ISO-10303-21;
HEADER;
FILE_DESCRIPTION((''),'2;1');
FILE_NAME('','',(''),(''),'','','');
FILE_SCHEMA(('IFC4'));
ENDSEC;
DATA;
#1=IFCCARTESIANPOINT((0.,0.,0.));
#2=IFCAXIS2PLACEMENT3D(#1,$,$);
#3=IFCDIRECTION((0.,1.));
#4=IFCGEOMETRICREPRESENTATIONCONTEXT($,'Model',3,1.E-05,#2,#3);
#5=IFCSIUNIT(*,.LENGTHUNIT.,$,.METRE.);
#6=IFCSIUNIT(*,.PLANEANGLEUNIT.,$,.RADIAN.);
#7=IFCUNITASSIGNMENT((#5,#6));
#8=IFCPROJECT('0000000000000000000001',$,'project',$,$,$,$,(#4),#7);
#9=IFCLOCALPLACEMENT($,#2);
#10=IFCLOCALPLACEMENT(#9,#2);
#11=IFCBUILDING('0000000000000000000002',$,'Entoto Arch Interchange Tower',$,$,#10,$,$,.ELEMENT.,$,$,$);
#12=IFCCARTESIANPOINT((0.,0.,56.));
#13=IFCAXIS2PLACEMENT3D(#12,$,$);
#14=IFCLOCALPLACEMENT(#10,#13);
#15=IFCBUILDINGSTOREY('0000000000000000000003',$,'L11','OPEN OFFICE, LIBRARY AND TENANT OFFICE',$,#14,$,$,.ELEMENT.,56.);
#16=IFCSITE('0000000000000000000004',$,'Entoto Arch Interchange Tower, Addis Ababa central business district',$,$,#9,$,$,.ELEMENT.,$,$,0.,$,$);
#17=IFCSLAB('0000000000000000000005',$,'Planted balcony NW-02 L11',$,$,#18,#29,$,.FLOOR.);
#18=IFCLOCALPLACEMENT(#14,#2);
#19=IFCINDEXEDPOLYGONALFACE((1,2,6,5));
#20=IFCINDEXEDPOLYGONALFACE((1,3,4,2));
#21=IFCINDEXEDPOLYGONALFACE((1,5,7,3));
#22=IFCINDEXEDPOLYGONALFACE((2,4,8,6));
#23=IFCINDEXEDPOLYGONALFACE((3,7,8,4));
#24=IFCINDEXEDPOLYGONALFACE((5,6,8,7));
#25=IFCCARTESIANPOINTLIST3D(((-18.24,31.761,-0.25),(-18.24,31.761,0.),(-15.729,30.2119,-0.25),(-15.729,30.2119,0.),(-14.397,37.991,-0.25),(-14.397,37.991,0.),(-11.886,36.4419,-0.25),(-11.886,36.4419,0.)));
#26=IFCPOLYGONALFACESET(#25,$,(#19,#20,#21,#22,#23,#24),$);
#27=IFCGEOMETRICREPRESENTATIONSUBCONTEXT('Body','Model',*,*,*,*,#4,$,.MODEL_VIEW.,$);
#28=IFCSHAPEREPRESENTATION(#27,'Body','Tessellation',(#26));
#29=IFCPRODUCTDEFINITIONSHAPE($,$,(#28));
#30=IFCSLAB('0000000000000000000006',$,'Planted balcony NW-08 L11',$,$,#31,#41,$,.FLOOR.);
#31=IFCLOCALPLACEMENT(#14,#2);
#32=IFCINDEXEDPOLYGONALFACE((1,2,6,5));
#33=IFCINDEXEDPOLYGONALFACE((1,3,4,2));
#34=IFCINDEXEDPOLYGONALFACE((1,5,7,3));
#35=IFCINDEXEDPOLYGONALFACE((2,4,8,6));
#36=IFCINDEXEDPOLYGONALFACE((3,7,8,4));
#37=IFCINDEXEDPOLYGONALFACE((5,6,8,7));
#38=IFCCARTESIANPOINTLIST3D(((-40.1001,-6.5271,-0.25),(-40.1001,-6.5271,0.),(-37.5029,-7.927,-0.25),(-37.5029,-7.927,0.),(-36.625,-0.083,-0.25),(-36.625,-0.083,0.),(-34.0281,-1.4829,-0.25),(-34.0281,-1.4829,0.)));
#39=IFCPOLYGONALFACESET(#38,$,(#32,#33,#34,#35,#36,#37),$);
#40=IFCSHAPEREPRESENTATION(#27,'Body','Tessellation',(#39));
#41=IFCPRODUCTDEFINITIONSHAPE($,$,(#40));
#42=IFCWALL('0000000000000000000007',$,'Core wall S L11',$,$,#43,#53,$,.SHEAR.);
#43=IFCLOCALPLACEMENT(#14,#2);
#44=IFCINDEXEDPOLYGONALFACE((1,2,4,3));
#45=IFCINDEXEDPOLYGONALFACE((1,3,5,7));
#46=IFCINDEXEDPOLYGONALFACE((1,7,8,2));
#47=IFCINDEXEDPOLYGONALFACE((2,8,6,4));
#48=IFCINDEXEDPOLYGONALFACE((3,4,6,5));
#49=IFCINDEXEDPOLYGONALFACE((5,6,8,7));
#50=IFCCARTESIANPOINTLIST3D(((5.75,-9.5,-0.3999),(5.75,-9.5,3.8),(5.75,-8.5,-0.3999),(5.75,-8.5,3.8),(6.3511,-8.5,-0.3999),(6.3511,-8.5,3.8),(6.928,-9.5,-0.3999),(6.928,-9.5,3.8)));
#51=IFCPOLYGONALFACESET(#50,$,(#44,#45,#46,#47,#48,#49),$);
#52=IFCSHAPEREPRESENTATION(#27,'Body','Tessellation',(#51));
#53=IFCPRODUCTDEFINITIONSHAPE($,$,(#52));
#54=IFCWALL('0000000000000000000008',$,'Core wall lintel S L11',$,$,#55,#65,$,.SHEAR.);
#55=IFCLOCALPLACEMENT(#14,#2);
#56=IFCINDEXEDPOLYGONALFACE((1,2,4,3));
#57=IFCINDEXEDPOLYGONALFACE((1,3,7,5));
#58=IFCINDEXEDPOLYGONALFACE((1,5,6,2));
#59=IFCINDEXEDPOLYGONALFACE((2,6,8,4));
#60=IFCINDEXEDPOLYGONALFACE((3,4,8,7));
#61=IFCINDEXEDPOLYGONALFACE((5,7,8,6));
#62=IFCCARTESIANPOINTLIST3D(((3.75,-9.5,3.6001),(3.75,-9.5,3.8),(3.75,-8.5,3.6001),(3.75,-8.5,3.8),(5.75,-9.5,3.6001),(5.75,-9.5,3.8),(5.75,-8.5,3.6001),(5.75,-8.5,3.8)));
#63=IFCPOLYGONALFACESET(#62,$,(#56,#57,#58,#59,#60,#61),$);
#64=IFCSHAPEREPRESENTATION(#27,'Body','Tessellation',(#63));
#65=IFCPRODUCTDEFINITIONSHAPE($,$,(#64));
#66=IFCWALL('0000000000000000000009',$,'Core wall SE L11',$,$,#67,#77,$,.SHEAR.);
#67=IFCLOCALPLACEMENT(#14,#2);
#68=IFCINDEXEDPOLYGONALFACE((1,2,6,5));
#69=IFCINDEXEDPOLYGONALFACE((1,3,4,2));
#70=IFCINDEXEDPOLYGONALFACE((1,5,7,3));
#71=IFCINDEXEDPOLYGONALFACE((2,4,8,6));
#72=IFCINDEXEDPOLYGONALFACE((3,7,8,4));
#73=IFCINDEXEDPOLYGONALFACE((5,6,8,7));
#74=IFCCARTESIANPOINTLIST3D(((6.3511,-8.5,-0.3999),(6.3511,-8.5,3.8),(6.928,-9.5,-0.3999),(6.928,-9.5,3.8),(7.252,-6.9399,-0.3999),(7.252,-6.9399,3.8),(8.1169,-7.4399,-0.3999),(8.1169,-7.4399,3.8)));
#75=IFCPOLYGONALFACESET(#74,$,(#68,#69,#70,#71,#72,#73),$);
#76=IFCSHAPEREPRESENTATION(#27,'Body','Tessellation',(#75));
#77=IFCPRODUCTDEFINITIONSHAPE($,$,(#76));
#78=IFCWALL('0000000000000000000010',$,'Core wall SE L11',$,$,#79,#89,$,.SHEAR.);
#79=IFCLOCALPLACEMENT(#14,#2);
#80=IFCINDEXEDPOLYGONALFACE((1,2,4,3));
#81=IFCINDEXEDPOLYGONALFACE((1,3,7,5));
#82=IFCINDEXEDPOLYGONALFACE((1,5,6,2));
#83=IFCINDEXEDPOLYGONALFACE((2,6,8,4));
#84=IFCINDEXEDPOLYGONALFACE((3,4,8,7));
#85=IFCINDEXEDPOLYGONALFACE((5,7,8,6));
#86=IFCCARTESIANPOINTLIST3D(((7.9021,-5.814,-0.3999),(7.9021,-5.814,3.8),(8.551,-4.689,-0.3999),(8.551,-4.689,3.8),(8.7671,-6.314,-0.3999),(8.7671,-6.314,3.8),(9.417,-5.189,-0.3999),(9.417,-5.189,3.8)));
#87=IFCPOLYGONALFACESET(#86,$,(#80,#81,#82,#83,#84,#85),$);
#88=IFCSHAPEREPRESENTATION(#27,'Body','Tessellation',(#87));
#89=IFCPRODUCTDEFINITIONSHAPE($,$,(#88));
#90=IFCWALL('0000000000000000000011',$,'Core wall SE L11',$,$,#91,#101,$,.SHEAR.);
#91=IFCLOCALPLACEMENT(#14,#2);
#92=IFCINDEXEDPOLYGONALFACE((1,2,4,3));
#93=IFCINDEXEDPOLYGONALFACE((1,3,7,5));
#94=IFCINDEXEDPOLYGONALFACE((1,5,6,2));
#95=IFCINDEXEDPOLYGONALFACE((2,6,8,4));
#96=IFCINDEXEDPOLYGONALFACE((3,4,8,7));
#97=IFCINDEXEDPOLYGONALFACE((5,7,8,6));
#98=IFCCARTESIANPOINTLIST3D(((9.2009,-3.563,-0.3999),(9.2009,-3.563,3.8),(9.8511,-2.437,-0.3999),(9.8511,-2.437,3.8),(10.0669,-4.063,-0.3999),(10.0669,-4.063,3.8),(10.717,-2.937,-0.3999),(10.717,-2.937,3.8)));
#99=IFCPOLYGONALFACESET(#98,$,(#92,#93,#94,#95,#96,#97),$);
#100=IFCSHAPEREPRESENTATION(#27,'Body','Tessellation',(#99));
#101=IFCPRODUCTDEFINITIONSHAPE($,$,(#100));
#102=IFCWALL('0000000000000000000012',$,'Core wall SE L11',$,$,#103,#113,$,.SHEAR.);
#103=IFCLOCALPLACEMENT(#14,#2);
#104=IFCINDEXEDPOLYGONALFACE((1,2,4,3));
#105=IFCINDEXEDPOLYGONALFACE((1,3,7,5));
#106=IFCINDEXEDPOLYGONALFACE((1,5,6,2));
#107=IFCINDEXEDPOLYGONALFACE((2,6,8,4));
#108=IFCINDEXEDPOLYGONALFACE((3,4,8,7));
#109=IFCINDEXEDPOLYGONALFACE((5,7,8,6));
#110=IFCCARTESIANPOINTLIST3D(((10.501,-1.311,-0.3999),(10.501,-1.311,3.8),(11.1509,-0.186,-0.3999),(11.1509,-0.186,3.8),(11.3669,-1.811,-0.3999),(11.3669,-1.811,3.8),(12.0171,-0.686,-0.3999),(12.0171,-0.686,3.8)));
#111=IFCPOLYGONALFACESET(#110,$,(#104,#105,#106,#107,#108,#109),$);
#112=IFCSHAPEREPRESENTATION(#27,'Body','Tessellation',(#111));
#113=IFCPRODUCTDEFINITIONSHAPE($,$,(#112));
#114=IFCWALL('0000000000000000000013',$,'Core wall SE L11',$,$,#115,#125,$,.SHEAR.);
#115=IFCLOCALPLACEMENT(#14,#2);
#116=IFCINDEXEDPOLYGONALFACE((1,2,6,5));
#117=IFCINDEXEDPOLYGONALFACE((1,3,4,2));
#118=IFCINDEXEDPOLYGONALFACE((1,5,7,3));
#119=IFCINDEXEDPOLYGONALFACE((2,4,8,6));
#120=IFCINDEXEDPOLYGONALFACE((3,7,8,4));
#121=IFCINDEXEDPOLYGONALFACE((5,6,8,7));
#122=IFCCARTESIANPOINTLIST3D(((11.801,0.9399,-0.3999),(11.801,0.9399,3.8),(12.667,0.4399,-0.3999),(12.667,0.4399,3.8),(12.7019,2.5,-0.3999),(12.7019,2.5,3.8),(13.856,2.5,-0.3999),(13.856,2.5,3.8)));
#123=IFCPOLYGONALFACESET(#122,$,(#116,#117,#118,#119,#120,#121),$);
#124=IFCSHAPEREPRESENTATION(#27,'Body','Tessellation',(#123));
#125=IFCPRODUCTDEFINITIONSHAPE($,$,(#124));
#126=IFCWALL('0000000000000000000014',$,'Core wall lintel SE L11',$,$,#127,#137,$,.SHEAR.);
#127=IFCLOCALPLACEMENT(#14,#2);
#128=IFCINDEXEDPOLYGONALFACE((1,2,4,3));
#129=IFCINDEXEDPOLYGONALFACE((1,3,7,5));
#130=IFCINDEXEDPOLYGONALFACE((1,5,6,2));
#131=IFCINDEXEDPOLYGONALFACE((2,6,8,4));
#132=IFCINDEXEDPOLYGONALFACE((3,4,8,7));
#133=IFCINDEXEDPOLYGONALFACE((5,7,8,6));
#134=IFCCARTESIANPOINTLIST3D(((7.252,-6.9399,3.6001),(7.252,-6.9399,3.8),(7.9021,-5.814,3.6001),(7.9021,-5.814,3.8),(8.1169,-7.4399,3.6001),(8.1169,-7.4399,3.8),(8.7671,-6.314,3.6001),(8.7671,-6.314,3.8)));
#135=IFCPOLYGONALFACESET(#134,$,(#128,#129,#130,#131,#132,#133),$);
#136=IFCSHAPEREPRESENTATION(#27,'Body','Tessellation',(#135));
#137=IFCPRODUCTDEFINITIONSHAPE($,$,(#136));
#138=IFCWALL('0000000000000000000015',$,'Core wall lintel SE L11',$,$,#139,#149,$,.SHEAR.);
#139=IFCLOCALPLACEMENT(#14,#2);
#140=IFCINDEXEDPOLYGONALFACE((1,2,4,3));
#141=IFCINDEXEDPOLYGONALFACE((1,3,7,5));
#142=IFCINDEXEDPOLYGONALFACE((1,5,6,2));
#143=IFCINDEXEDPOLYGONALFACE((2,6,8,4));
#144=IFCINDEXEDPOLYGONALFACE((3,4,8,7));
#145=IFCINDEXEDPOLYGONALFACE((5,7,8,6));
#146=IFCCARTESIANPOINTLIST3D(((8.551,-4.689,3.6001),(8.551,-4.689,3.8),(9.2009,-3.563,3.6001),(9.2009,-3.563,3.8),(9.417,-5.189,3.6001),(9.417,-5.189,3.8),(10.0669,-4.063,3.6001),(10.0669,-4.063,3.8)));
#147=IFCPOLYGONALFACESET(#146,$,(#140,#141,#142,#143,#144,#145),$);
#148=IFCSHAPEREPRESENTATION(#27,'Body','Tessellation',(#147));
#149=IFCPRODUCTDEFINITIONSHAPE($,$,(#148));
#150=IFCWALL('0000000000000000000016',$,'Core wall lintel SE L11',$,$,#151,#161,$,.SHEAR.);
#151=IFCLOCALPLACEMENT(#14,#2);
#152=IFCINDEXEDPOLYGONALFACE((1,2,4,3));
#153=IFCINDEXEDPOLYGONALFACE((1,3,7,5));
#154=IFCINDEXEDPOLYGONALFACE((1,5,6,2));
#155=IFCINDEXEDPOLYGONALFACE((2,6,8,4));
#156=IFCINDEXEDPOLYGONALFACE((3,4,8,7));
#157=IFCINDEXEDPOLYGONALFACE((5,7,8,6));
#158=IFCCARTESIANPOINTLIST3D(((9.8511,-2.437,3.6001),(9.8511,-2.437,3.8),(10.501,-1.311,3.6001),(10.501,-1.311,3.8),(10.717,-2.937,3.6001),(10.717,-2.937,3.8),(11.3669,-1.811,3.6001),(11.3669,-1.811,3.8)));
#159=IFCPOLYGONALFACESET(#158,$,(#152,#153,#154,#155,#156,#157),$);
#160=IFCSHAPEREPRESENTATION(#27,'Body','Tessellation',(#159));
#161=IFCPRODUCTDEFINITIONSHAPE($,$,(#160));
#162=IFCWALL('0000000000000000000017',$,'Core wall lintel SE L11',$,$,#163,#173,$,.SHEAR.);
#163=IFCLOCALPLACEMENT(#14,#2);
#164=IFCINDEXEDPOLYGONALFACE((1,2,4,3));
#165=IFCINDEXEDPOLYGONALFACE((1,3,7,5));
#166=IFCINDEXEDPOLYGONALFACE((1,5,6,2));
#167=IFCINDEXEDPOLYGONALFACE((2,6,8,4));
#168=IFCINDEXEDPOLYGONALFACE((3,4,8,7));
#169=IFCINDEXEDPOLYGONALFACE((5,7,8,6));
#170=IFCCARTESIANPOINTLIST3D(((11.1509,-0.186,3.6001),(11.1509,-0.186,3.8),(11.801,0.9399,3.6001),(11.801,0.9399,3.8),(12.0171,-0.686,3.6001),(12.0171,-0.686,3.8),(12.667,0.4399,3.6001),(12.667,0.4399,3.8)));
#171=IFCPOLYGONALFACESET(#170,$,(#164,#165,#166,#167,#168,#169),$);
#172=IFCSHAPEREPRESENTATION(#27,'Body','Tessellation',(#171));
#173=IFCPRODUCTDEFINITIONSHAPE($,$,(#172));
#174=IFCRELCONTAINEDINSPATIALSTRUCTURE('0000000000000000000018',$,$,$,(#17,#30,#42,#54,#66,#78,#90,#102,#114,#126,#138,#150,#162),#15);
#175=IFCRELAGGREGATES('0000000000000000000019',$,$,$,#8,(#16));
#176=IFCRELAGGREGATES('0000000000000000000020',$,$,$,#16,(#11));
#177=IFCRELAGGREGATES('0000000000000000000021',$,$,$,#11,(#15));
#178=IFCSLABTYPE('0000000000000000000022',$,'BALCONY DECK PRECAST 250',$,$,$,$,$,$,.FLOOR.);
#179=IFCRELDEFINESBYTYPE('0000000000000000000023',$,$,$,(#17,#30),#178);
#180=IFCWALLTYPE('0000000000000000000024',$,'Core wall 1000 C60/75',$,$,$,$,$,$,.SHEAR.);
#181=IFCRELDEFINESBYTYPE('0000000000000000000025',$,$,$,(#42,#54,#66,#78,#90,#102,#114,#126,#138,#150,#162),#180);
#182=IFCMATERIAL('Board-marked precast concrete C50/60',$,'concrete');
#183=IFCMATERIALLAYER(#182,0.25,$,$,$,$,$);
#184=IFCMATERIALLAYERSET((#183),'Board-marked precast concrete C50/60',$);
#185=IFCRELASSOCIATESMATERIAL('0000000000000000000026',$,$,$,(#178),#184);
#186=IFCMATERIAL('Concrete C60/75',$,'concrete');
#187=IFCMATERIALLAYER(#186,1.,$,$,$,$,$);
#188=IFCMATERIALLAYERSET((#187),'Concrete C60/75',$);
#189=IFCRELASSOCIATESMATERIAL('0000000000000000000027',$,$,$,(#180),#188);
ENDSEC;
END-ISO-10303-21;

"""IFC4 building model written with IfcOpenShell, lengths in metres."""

from ifc_helpers import new_model, si_unit, direction, frame, origin, place, context, subcontext, project, spatial, polyline, outline, extrude, material, layer, layer_set, type_object, element, save


model = new_model("IFC4")

# Units and contexts
model_context = context("Model", 3, precision=1e-05, world=origin(), true_north=direction((0.0, 1.0)))
body_context = subcontext(model_context, "Body", "Model", "MODEL_VIEW")
ifc_project = project(units=[si_unit("LENGTHUNIT", "METRE"), si_unit("PLANEANGLEUNIT", "RADIAN")], contexts=[model_context])

# Site, building, storey
site_placement = place(None, origin())
site = spatial("IfcSite", under=ifc_project, at=site_placement, Name="Entoto Arch Interchange Tower, Addis Ababa central business district", CompositionType="ELEMENT", RefElevation=0.0)
building_placement = place(site_placement, origin())
building = spatial("IfcBuilding", under=site, at=building_placement, Name="Entoto Arch Interchange Tower", CompositionType="ELEMENT")
storey_placement = place(building_placement, frame((0.0, 0.0, 56.0)))
storey = spatial("IfcBuildingStorey", under=building, at=storey_placement, Name="L11", Description="OPEN OFFICE, LIBRARY AND TENANT OFFICE", CompositionType="ELEMENT", Elevation=56.0)

# Slabs
ifc_material_1 = material(Name="Board-marked precast concrete C50/60", Category="concrete")
ifc_layer_1 = layer(ifc_material_1, 0.25)
ifc_layer_set_1 = layer_set([ifc_layer_1], Name="Board-marked precast concrete C50/60")
slab_type = type_object("IfcSlabType", Name="BALCONY DECK PRECAST 250", PredefinedType="FLOOR", material=ifc_layer_set_1)
slab_1_placement = place(storey_placement, frame((0.0, 0.0, -0.25)))
element("IfcSlab", 1, at=slab_1_placement, inside=storey, type_object=slab_type, Name="Planted balcony NW-02 L11", PredefinedType="FLOOR", context=body_context, shape_type="SweptSolid", body=[
    extrude(outline(polyline([(-11.886, 36.4419), (-15.729, 30.2119), (-18.24, 31.761), (-14.397, 37.991), (-11.886, 36.4419)])), origin(), (0.0, 0.0, 1.0), 0.25),
])
slab_2_placement = place(storey_placement, frame((0.0, 0.0, -0.25)))
element("IfcSlab", 2, at=slab_2_placement, inside=storey, type_object=slab_type, Name="Planted balcony NW-08 L11", PredefinedType="FLOOR", context=body_context, shape_type="SweptSolid", body=[
    extrude(outline(polyline([(-34.0281, -1.4829), (-37.5029, -7.927), (-40.1001, -6.5271), (-36.625, -0.083), (-34.0281, -1.4829)])), origin(), (0.0, 0.0, 1.0), 0.25),
])

# Walls
ifc_material_2 = material(Name="Concrete C60/75", Category="concrete")
ifc_layer_2 = layer(ifc_material_2, 1.0)
ifc_layer_set_2 = layer_set([ifc_layer_2], Name="Concrete C60/75")
wall_type_1 = type_object("IfcWallType", Name="Core wall 1000 C60/75", PredefinedType="SHEAR", material=ifc_layer_set_2)
wall_1_placement = place(storey_placement, frame((0.0, 0.0, -0.3999)))
element("IfcWall", 3, at=wall_1_placement, inside=storey, type_object=wall_type_1, Name="Core wall S L11", PredefinedType="SHEAR", context=body_context, shape_type="SweptSolid", body=[
    extrude(outline(polyline([(5.75, -8.5), (5.75, -9.5), (6.928, -9.5), (6.3511, -8.5), (5.75, -8.5)])), origin(), (0.0, 0.0, 1.0), 4.2),
])
wall_2_placement = place(storey_placement, frame((0.0, 0.0, 3.6001)))
element("IfcWall", 4, at=wall_2_placement, inside=storey, type_object=wall_type_1, Name="Core wall lintel S L11", PredefinedType="SHEAR", context=body_context, shape_type="SweptSolid", body=[
    extrude(outline(polyline([(5.75, -9.5), (5.75, -8.5), (3.75, -8.5), (3.75, -9.5), (5.75, -9.5)])), origin(), (0.0, 0.0, 1.0), 0.2),
])
wall_3_placement = place(storey_placement, frame((0.0, 0.0, -0.3999)))
element("IfcWall", 5, at=wall_3_placement, inside=storey, type_object=wall_type_1, Name="Core wall SE L11", PredefinedType="SHEAR", context=body_context, shape_type="SweptSolid", body=[
    extrude(outline(polyline([(8.1169, -7.4399), (7.252, -6.9399), (6.3511, -8.5), (6.928, -9.5), (8.1169, -7.4399)])), origin(), (0.0, 0.0, 1.0), 4.2),
])
wall_4_placement = place(storey_placement, frame((0.0, 0.0, -0.3999)))
element("IfcWall", 6, at=wall_4_placement, inside=storey, type_object=wall_type_1, Name="Core wall SE L11", PredefinedType="SHEAR", context=body_context, shape_type="SweptSolid", body=[
    extrude(outline(polyline([(9.417, -5.189), (8.551, -4.689), (7.9021, -5.814), (8.7671, -6.314), (9.417, -5.189)])), origin(), (0.0, 0.0, 1.0), 4.2),
])
wall_5_placement = place(storey_placement, frame((0.0, 0.0, -0.3999)))
element("IfcWall", 7, at=wall_5_placement, inside=storey, type_object=wall_type_1, Name="Core wall SE L11", PredefinedType="SHEAR", context=body_context, shape_type="SweptSolid", body=[
    extrude(outline(polyline([(10.717, -2.937), (9.8511, -2.437), (9.2009, -3.563), (10.0669, -4.063), (10.717, -2.937)])), origin(), (0.0, 0.0, 1.0), 4.2),
])
wall_6_placement = place(storey_placement, frame((0.0, 0.0, -0.3999)))
element("IfcWall", 8, at=wall_6_placement, inside=storey, type_object=wall_type_1, Name="Core wall SE L11", PredefinedType="SHEAR", context=body_context, shape_type="SweptSolid", body=[
    extrude(outline(polyline([(12.0171, -0.686), (11.1509, -0.186), (10.501, -1.311), (11.3669, -1.811), (12.0171, -0.686)])), origin(), (0.0, 0.0, 1.0), 4.2),
])
wall_7_placement = place(storey_placement, frame((0.0, 0.0, -0.3999)))
element("IfcWall", 9, at=wall_7_placement, inside=storey, type_object=wall_type_1, Name="Core wall SE L11", PredefinedType="SHEAR", context=body_context, shape_type="SweptSolid", body=[
    extrude(outline(polyline([(11.801, 0.9399), (12.667, 0.4399), (13.856, 2.5), (12.7019, 2.5), (11.801, 0.9399)])), origin(), (0.0, 0.0, 1.0), 4.2),
])
wall_8_placement = place(storey_placement, frame((0.0, 0.0, 3.6001)))
element("IfcWall", 10, at=wall_8_placement, inside=storey, type_object=wall_type_1, Name="Core wall lintel SE L11", PredefinedType="SHEAR", context=body_context, shape_type="SweptSolid", body=[
    extrude(outline(polyline([(8.7671, -6.314), (7.9021, -5.814), (7.252, -6.9399), (8.1169, -7.4399), (8.7671, -6.314)])), origin(), (0.0, 0.0, 1.0), 0.2),
])
wall_9_placement = place(storey_placement, frame((0.0, 0.0, 3.6001)))
element("IfcWall", 11, at=wall_9_placement, inside=storey, type_object=wall_type_1, Name="Core wall lintel SE L11", PredefinedType="SHEAR", context=body_context, shape_type="SweptSolid", body=[
    extrude(outline(polyline([(10.0669, -4.063), (9.2009, -3.563), (8.551, -4.689), (9.417, -5.189), (10.0669, -4.063)])), origin(), (0.0, 0.0, 1.0), 0.2),
])
wall_10_placement = place(storey_placement, frame((0.0, 0.0, 3.6001)))
element("IfcWall", 12, at=wall_10_placement, inside=storey, type_object=wall_type_1, Name="Core wall lintel SE L11", PredefinedType="SHEAR", context=body_context, shape_type="SweptSolid", body=[
    extrude(outline(polyline([(11.3669, -1.811), (10.501, -1.311), (9.8511, -2.437), (10.717, -2.937), (11.3669, -1.811)])), origin(), (0.0, 0.0, 1.0), 0.2),
])
wall_11_placement = place(storey_placement, frame((0.0, 0.0, 3.6001)))
element("IfcWall", 13, at=wall_11_placement, inside=storey, type_object=wall_type_1, Name="Core wall lintel SE L11", PredefinedType="SHEAR", context=body_context, shape_type="SweptSolid", body=[
    extrude(outline(polyline([(12.667, 0.4399), (11.801, 0.9399), (11.1509, -0.186), (12.0171, -0.686), (12.667, 0.4399)])), origin(), (0.0, 0.0, 1.0), 0.2),
])

save(model, "model.ifc")
